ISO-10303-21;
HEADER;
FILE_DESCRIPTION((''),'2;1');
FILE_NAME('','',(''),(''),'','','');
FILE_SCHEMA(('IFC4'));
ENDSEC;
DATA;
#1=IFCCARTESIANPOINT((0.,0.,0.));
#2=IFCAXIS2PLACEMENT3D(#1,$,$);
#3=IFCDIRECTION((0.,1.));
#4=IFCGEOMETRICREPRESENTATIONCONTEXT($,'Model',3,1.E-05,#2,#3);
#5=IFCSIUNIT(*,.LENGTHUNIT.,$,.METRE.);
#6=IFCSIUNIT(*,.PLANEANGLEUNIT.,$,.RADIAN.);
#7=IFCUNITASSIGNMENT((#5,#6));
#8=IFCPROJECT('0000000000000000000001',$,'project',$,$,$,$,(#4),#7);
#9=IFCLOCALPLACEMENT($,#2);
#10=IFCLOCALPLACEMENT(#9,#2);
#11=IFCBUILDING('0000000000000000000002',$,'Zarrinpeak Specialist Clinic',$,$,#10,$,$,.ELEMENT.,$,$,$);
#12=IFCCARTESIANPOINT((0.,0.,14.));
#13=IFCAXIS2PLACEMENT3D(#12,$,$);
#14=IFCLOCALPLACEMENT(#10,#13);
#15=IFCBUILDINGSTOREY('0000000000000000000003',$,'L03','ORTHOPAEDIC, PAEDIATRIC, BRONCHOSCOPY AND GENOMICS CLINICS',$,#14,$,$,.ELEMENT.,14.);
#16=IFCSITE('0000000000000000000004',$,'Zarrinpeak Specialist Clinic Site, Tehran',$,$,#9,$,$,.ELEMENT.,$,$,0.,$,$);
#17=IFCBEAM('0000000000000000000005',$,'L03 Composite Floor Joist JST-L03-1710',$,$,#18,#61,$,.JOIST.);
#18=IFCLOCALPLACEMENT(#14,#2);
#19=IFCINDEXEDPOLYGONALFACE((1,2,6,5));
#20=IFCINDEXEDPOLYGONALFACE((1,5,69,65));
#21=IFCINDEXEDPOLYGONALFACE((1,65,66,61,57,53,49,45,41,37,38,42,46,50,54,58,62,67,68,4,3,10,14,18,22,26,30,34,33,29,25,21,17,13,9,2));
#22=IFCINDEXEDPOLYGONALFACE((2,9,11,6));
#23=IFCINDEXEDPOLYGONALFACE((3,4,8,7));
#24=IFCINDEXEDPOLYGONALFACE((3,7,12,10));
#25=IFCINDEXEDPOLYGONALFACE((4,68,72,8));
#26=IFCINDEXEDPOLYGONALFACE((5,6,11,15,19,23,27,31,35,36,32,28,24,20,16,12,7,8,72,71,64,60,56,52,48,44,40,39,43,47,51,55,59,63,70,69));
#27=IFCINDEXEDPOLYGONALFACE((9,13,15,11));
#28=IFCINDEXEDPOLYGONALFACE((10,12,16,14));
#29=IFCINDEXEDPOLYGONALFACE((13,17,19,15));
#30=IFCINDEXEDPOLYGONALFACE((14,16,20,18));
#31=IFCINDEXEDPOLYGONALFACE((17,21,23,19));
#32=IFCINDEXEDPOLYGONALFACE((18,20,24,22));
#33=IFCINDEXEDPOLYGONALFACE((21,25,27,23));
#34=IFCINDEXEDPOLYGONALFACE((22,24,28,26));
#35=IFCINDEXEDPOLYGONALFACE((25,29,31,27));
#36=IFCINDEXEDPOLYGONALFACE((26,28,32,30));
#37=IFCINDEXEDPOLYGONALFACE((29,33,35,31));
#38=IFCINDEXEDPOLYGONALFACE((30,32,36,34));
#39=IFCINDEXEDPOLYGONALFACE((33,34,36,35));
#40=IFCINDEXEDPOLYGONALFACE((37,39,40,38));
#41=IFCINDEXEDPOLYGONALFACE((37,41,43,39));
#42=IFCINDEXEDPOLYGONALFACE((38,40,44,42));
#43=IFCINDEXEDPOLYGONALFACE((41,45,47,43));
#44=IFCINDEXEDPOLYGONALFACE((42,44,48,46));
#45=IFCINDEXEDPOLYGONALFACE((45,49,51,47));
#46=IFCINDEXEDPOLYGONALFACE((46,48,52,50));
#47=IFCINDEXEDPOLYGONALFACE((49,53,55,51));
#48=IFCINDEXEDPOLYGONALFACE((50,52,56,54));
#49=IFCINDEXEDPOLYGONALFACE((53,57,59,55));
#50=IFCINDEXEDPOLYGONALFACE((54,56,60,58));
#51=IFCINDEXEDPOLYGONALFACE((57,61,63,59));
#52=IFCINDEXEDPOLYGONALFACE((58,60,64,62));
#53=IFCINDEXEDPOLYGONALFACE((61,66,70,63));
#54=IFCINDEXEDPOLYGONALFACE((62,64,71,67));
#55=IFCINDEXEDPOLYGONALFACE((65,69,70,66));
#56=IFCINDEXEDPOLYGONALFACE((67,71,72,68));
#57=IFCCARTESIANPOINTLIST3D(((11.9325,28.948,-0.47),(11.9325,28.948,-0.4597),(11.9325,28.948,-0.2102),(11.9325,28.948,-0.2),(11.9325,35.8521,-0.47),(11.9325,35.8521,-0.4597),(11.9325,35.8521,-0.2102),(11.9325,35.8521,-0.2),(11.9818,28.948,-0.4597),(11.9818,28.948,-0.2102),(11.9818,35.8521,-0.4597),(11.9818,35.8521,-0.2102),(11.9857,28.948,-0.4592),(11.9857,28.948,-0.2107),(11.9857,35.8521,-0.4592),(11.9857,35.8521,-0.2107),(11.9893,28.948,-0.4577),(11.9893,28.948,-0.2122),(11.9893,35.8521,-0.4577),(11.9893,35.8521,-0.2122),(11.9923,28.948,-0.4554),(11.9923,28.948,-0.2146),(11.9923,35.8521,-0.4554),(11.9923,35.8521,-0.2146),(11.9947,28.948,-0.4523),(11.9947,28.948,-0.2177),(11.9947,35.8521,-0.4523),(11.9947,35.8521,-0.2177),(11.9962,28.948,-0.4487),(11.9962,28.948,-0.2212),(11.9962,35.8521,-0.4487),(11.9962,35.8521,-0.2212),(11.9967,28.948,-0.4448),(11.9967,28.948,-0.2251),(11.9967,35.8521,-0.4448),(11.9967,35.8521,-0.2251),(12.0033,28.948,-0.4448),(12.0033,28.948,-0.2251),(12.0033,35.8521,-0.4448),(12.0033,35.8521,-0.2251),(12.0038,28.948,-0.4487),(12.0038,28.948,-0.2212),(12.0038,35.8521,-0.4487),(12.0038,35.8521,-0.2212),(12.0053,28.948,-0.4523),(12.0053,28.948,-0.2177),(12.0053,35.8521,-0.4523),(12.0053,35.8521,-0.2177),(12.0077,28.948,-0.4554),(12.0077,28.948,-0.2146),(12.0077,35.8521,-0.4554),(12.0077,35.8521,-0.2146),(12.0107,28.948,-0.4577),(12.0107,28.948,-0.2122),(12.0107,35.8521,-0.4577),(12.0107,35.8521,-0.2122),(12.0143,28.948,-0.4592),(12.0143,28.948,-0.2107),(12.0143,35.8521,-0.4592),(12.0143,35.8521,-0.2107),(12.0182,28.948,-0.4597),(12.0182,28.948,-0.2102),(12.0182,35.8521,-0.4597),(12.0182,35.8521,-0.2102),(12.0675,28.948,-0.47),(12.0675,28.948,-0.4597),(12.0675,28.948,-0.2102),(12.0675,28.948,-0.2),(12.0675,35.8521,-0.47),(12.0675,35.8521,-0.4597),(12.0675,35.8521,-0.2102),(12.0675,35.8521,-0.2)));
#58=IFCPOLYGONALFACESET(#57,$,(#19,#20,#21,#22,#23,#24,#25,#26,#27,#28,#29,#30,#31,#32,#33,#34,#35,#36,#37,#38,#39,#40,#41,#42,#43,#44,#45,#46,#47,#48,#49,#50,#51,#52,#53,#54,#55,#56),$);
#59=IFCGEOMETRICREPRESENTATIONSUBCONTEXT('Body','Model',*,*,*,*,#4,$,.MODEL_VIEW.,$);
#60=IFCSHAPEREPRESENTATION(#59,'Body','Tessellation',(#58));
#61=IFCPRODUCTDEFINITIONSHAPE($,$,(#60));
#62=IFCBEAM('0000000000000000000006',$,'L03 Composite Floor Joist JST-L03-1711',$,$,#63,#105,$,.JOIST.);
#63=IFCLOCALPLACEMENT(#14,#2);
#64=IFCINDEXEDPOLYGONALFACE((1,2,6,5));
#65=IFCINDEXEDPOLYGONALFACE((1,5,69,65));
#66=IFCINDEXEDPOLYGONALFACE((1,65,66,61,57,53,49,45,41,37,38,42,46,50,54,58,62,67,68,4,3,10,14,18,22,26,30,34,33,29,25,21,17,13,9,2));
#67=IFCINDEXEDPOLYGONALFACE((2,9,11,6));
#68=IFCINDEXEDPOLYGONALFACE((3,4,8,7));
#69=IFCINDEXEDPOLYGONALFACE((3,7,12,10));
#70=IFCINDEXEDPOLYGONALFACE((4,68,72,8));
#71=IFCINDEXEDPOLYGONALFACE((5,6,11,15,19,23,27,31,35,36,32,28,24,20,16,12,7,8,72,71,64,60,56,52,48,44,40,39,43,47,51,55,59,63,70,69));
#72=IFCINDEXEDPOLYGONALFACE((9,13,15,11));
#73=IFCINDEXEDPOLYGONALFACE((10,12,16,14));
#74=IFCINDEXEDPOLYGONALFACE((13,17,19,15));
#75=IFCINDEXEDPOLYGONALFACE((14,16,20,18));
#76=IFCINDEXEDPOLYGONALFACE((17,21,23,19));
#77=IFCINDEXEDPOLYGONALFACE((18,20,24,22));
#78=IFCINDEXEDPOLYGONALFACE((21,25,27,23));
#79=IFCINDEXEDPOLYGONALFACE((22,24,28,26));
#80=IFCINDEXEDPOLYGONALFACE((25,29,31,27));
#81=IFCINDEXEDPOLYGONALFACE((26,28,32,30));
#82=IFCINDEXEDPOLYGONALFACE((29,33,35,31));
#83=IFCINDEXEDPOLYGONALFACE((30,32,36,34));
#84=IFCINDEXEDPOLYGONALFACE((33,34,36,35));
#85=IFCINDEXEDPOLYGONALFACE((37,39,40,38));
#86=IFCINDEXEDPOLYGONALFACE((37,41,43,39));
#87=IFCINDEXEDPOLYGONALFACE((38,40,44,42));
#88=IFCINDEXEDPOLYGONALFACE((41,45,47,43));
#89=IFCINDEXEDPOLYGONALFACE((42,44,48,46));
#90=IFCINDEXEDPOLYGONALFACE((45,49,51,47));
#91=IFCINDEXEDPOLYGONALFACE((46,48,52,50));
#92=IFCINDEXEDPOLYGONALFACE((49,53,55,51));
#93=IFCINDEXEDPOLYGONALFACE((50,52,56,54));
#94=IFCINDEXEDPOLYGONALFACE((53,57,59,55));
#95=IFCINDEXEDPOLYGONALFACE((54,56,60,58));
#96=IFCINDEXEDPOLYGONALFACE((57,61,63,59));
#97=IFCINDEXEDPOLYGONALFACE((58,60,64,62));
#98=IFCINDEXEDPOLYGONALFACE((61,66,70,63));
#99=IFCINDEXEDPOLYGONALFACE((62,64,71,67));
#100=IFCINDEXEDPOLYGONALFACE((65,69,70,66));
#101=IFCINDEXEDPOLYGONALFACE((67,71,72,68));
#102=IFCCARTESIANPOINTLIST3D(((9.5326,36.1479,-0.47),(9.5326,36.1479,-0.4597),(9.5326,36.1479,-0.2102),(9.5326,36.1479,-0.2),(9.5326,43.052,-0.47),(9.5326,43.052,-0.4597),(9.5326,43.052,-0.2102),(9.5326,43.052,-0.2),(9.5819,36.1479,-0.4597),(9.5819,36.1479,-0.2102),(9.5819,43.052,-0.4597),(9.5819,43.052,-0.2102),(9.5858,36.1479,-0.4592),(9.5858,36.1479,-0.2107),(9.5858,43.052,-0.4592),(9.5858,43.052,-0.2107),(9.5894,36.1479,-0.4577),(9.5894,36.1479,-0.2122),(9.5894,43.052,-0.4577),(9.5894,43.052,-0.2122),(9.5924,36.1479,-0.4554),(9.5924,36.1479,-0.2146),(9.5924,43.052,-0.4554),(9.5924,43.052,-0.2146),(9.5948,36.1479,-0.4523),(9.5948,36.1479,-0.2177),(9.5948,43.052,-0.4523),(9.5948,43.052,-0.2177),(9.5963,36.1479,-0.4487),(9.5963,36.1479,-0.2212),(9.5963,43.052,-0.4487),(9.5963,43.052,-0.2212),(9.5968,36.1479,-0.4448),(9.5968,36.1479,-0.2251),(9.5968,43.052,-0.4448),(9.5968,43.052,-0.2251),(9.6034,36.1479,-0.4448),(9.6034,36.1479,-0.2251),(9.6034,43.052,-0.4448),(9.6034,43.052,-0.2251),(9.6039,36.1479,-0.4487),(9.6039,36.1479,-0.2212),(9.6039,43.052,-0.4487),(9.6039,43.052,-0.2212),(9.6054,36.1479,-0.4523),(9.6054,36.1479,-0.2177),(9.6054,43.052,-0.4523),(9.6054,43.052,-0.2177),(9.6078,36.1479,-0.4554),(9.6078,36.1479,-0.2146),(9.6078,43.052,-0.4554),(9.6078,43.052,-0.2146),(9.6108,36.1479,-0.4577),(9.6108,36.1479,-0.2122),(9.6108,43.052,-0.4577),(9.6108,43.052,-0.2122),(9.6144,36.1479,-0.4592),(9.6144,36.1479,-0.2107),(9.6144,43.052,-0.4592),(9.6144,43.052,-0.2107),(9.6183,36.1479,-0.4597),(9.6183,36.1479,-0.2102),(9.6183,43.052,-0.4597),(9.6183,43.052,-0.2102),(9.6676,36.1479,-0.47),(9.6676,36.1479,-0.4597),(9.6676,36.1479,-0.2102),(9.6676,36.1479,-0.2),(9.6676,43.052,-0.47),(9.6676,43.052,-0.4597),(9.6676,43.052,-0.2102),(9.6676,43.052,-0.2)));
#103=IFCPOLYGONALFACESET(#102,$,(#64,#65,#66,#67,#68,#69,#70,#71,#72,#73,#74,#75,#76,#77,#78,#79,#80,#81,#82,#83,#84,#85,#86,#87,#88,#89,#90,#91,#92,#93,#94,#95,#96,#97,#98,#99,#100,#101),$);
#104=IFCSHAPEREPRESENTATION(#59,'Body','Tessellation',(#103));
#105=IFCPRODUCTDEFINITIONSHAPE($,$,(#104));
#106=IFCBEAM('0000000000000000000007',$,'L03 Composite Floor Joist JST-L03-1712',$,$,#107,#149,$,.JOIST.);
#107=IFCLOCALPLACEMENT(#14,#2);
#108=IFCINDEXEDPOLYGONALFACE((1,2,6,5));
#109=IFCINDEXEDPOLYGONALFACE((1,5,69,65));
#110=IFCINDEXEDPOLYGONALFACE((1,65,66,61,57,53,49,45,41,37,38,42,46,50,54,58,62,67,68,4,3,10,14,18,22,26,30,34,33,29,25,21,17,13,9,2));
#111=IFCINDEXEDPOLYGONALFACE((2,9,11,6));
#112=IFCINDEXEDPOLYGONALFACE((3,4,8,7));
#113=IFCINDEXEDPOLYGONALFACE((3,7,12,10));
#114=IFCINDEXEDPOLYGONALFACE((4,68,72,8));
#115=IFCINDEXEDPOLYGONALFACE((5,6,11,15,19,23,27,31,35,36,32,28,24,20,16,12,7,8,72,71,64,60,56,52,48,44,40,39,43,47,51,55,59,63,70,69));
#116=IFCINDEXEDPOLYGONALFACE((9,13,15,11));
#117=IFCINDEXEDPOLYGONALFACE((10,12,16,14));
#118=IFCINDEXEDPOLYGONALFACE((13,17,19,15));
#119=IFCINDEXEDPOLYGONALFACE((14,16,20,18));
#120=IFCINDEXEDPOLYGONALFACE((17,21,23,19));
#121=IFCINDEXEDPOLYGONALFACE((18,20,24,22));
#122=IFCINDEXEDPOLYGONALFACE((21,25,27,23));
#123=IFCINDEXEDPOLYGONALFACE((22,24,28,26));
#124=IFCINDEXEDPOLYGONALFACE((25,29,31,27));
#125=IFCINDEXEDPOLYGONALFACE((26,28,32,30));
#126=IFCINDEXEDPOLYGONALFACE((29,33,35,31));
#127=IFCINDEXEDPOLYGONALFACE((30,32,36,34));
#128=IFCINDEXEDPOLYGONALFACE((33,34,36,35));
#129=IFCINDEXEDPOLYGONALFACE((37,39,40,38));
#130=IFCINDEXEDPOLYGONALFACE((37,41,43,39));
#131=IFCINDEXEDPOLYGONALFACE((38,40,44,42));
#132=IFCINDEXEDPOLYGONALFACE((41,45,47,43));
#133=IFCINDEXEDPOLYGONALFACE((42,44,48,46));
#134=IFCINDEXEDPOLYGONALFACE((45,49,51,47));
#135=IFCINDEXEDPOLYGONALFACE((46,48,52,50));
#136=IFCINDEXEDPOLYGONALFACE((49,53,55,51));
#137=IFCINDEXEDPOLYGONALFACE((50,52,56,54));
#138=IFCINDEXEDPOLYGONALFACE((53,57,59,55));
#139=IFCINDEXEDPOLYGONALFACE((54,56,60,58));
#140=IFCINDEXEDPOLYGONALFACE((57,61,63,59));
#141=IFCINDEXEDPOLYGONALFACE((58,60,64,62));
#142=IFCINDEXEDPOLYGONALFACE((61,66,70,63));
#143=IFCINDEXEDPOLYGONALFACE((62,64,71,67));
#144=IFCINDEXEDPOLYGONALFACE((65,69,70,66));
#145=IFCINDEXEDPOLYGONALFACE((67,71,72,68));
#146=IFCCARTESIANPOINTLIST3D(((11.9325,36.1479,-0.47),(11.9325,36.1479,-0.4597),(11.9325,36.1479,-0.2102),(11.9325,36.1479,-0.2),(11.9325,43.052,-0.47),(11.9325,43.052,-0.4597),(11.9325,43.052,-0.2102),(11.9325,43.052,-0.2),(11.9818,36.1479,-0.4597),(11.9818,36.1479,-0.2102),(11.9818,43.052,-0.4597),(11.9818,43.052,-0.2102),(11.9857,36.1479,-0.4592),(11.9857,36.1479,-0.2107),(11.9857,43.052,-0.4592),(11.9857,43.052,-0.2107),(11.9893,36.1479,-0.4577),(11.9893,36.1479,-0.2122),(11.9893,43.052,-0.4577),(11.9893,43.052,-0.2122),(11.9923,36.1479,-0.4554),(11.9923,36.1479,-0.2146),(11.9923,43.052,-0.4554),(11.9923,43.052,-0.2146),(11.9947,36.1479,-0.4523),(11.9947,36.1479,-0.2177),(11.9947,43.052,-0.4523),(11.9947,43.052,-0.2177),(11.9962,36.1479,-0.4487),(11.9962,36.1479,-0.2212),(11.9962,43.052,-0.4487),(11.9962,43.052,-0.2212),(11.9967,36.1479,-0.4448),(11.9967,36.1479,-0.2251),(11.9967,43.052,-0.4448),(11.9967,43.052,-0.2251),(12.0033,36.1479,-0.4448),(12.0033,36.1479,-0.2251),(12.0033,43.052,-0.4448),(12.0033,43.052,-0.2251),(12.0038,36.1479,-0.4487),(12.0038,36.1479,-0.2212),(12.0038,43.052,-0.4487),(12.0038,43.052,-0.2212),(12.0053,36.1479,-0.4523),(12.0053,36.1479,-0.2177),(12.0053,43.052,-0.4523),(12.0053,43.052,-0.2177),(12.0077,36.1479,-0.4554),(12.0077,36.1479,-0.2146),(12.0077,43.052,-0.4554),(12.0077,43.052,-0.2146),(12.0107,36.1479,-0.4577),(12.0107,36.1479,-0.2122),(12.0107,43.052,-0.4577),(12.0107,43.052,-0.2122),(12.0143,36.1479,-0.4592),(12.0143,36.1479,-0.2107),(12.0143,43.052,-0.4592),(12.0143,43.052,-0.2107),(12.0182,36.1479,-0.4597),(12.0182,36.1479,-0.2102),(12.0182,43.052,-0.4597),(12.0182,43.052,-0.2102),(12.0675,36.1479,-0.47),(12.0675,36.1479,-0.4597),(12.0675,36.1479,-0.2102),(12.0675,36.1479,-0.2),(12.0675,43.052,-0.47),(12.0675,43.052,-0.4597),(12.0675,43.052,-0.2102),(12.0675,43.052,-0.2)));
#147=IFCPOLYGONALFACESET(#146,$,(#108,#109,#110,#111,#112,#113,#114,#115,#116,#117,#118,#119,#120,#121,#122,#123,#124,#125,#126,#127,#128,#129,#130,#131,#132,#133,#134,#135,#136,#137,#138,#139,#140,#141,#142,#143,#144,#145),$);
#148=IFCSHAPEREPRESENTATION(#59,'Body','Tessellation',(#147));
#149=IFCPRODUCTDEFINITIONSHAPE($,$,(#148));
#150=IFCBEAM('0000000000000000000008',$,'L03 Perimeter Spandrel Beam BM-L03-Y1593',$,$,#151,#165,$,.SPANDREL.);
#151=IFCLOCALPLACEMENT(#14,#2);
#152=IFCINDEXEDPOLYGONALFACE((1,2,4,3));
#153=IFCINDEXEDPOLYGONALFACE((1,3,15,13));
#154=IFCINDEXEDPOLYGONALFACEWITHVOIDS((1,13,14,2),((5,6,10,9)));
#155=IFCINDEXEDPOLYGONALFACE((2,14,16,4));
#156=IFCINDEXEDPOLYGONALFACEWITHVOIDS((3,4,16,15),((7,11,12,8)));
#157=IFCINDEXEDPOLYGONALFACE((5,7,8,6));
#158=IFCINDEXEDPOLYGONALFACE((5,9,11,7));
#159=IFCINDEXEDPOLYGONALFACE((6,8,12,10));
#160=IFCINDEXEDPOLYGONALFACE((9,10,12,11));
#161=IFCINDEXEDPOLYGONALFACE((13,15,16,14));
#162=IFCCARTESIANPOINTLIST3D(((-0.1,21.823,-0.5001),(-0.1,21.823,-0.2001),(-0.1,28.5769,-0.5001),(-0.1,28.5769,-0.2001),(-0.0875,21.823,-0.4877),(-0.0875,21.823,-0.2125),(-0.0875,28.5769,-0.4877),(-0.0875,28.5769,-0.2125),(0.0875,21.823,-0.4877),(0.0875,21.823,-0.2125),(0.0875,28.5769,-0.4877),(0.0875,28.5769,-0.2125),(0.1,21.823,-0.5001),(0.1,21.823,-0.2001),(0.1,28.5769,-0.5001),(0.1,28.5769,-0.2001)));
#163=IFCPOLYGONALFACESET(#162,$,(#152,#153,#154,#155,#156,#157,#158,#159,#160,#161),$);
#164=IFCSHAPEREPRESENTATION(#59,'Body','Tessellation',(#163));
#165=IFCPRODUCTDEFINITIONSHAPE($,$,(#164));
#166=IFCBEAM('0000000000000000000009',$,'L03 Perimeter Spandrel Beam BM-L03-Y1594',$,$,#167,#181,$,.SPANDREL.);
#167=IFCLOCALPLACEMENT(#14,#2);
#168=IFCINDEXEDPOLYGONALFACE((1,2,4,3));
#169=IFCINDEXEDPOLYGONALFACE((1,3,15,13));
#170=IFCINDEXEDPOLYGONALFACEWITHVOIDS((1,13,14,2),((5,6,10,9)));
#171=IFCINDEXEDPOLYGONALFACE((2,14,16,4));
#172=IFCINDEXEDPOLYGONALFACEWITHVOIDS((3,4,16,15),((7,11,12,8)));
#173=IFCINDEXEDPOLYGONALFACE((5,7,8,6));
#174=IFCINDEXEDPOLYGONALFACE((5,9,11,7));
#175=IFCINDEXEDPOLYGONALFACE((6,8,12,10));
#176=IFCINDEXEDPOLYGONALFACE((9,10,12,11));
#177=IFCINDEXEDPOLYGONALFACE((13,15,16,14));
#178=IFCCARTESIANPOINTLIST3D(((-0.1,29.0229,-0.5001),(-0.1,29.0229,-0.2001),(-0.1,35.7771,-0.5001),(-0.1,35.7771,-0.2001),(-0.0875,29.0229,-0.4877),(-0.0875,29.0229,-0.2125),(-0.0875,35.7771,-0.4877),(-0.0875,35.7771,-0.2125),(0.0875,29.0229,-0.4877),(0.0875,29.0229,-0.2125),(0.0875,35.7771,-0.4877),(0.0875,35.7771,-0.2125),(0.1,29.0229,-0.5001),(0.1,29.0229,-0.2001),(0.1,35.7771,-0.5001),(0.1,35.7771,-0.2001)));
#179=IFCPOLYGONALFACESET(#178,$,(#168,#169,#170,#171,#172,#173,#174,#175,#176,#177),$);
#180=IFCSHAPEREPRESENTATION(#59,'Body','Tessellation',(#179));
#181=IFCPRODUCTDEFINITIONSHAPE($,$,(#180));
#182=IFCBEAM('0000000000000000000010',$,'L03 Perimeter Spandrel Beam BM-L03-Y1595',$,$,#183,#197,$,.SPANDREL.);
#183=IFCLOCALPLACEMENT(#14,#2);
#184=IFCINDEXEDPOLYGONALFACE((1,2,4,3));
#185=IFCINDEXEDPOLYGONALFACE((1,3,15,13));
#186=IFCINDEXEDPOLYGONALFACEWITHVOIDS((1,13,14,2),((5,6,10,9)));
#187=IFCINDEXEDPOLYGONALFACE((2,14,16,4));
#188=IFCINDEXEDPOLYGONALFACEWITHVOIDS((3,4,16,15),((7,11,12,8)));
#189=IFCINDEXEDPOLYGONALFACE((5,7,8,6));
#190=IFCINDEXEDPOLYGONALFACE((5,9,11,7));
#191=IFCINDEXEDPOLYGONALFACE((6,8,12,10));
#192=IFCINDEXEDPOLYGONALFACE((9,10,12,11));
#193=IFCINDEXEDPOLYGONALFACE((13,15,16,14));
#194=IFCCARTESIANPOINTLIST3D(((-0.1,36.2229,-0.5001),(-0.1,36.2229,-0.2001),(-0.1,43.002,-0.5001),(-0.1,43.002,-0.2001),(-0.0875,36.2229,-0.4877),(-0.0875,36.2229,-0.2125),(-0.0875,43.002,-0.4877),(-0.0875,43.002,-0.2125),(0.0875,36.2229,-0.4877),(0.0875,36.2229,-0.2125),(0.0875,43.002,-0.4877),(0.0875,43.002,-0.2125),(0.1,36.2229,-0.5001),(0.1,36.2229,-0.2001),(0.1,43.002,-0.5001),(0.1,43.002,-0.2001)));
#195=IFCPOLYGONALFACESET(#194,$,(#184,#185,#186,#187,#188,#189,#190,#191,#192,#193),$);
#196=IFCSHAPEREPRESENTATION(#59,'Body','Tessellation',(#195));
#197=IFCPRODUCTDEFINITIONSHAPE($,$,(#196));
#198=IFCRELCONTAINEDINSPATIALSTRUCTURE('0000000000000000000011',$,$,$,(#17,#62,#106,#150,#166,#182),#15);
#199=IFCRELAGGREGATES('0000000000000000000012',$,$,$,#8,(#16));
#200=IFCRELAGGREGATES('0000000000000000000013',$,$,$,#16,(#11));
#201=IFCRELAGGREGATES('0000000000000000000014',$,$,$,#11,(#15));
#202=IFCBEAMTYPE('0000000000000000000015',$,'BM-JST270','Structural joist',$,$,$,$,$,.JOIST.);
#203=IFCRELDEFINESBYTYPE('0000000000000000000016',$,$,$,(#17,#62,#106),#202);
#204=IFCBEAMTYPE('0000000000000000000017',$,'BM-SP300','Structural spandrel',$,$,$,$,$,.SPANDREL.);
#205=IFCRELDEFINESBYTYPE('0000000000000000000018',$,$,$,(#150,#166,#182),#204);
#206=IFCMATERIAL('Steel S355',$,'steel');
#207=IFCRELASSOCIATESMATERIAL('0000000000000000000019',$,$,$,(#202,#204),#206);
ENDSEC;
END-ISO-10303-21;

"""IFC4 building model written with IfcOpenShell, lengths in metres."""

from ifc_helpers import new_model, si_unit, direction, frame, origin, origin_2d, place, context, subcontext, project, spatial, hollow_rectangle, i_section, extrude, material, material_profile, profile_set, type_object, element, save


model = new_model("IFC4")

# Units and contexts
model_context = context("Model", 3, precision=1e-05, world=origin(), true_north=direction((0.0, 1.0)))
body_context = subcontext(model_context, "Body", "Model", "MODEL_VIEW")
ifc_project = project(units=[si_unit("LENGTHUNIT", "METRE"), si_unit("PLANEANGLEUNIT", "RADIAN")], contexts=[model_context])

# Site, building, storey
site_placement = place(None, origin())
site = spatial("IfcSite", under=ifc_project, at=site_placement, Name="Zarrinpeak Specialist Clinic Site, Tehran", CompositionType="ELEMENT", RefElevation=0.0)
building_placement = place(site_placement, origin())
building = spatial("IfcBuilding", under=site, at=building_placement, Name="Zarrinpeak Specialist Clinic", CompositionType="ELEMENT")
storey_placement = place(building_placement, frame((0.0, 0.0, 14.0)))
storey = spatial("IfcBuildingStorey", under=building, at=storey_placement, Name="L03", Description="ORTHOPAEDIC, PAEDIATRIC, BRONCHOSCOPY AND GENOMICS CLINICS", CompositionType="ELEMENT", Elevation=14.0)

# Shared definitions
ifc_material_1 = material(Name="Steel S355", Category="steel")

# Beams
ifc_material_profile_1 = material_profile(ifc_material_1, i_section(OverallWidth=0.135, OverallDepth=0.27, WebThickness=0.0066, FlangeThickness=0.0103, FilletRadius=0.0149, at=origin_2d()), Name="IPE 270")
ifc_profile_set_1 = profile_set([ifc_material_profile_1], Name="Steel S355")
beam_type_1 = type_object("IfcBeamType", Name="BM-JST270", Description="Structural joist", PredefinedType="JOIST", material=ifc_profile_set_1)
for number, where, z_axis, x_axis, name in (
    (1, (12.0, 28.948, -0.335), (0.0, 1.0, 0.0), (-1.0, 0.0, 0.0), "L03 Composite Floor Joist JST-L03-1710"),
    (2, (9.6001, 36.1479, -0.335), (0.0, 1.0, 0.0), (-1.0, 0.0, 0.0), "L03 Composite Floor Joist JST-L03-1711"),
    (3, (12.0, 36.1479, -0.335), (0.0, 1.0, 0.0), (-1.0, 0.0, 0.0), "L03 Composite Floor Joist JST-L03-1712"),
):
    element("IfcBeam", number, at=place(storey_placement, frame(where, z_axis=z_axis, x_axis=x_axis)), inside=storey, type_object=beam_type_1, Name=name, PredefinedType="JOIST", context=body_context, shape_type="SweptSolid", body=[
        extrude(i_section(OverallWidth=0.135, OverallDepth=0.27, WebThickness=0.0066, FlangeThickness=0.0103, FilletRadius=0.0149, at=origin_2d()), origin(), (0.0, 0.0, 1.0), 6.9041),
    ])
ifc_material_profile_2 = material_profile(ifc_material_1, hollow_rectangle(XDim=0.2, YDim=0.3, WallThickness=0.0125, at=origin_2d()), Name="RHS 300x200x12.5")
ifc_profile_set_2 = profile_set([ifc_material_profile_2], Name="Steel S355")
beam_type_2 = type_object("IfcBeamType", Name="BM-SP300", Description="Structural spandrel", PredefinedType="SPANDREL", material=ifc_profile_set_2)
beam_1_placement = place(storey_placement, frame((0.0, 21.823, -0.3501), z_axis=(0.0, 1.0, 0.0), x_axis=(-1.0, 0.0, 0.0)))
element("IfcBeam", 4, at=beam_1_placement, inside=storey, type_object=beam_type_2, Name="L03 Perimeter Spandrel Beam BM-L03-Y1593", PredefinedType="SPANDREL", context=body_context, shape_type="SweptSolid", body=[
    extrude(hollow_rectangle(XDim=0.2, YDim=0.3, WallThickness=0.0125, at=origin_2d()), origin(), (0.0, 0.0, 1.0), 6.7539),
])
beam_2_placement = place(storey_placement, frame((0.0, 29.0229, -0.3501), z_axis=(0.0, 1.0, 0.0), x_axis=(-1.0, 0.0, 0.0)))
element("IfcBeam", 5, at=beam_2_placement, inside=storey, type_object=beam_type_2, Name="L03 Perimeter Spandrel Beam BM-L03-Y1594", PredefinedType="SPANDREL", context=body_context, shape_type="SweptSolid", body=[
    extrude(hollow_rectangle(XDim=0.2, YDim=0.3, WallThickness=0.0125, at=origin_2d()), origin(), (0.0, 0.0, 1.0), 6.7542),
])
beam_3_placement = place(storey_placement, frame((0.0, 36.2229, -0.3501), z_axis=(0.0, 1.0, 0.0), x_axis=(-1.0, 0.0, 0.0)))
element("IfcBeam", 6, at=beam_3_placement, inside=storey, type_object=beam_type_2, Name="L03 Perimeter Spandrel Beam BM-L03-Y1595", PredefinedType="SPANDREL", context=body_context, shape_type="SweptSolid", body=[
    extrude(hollow_rectangle(XDim=0.2, YDim=0.3, WallThickness=0.0125, at=origin_2d()), origin(), (0.0, 0.0, 1.0), 6.7791),
])

save(model, "model.ifc")
